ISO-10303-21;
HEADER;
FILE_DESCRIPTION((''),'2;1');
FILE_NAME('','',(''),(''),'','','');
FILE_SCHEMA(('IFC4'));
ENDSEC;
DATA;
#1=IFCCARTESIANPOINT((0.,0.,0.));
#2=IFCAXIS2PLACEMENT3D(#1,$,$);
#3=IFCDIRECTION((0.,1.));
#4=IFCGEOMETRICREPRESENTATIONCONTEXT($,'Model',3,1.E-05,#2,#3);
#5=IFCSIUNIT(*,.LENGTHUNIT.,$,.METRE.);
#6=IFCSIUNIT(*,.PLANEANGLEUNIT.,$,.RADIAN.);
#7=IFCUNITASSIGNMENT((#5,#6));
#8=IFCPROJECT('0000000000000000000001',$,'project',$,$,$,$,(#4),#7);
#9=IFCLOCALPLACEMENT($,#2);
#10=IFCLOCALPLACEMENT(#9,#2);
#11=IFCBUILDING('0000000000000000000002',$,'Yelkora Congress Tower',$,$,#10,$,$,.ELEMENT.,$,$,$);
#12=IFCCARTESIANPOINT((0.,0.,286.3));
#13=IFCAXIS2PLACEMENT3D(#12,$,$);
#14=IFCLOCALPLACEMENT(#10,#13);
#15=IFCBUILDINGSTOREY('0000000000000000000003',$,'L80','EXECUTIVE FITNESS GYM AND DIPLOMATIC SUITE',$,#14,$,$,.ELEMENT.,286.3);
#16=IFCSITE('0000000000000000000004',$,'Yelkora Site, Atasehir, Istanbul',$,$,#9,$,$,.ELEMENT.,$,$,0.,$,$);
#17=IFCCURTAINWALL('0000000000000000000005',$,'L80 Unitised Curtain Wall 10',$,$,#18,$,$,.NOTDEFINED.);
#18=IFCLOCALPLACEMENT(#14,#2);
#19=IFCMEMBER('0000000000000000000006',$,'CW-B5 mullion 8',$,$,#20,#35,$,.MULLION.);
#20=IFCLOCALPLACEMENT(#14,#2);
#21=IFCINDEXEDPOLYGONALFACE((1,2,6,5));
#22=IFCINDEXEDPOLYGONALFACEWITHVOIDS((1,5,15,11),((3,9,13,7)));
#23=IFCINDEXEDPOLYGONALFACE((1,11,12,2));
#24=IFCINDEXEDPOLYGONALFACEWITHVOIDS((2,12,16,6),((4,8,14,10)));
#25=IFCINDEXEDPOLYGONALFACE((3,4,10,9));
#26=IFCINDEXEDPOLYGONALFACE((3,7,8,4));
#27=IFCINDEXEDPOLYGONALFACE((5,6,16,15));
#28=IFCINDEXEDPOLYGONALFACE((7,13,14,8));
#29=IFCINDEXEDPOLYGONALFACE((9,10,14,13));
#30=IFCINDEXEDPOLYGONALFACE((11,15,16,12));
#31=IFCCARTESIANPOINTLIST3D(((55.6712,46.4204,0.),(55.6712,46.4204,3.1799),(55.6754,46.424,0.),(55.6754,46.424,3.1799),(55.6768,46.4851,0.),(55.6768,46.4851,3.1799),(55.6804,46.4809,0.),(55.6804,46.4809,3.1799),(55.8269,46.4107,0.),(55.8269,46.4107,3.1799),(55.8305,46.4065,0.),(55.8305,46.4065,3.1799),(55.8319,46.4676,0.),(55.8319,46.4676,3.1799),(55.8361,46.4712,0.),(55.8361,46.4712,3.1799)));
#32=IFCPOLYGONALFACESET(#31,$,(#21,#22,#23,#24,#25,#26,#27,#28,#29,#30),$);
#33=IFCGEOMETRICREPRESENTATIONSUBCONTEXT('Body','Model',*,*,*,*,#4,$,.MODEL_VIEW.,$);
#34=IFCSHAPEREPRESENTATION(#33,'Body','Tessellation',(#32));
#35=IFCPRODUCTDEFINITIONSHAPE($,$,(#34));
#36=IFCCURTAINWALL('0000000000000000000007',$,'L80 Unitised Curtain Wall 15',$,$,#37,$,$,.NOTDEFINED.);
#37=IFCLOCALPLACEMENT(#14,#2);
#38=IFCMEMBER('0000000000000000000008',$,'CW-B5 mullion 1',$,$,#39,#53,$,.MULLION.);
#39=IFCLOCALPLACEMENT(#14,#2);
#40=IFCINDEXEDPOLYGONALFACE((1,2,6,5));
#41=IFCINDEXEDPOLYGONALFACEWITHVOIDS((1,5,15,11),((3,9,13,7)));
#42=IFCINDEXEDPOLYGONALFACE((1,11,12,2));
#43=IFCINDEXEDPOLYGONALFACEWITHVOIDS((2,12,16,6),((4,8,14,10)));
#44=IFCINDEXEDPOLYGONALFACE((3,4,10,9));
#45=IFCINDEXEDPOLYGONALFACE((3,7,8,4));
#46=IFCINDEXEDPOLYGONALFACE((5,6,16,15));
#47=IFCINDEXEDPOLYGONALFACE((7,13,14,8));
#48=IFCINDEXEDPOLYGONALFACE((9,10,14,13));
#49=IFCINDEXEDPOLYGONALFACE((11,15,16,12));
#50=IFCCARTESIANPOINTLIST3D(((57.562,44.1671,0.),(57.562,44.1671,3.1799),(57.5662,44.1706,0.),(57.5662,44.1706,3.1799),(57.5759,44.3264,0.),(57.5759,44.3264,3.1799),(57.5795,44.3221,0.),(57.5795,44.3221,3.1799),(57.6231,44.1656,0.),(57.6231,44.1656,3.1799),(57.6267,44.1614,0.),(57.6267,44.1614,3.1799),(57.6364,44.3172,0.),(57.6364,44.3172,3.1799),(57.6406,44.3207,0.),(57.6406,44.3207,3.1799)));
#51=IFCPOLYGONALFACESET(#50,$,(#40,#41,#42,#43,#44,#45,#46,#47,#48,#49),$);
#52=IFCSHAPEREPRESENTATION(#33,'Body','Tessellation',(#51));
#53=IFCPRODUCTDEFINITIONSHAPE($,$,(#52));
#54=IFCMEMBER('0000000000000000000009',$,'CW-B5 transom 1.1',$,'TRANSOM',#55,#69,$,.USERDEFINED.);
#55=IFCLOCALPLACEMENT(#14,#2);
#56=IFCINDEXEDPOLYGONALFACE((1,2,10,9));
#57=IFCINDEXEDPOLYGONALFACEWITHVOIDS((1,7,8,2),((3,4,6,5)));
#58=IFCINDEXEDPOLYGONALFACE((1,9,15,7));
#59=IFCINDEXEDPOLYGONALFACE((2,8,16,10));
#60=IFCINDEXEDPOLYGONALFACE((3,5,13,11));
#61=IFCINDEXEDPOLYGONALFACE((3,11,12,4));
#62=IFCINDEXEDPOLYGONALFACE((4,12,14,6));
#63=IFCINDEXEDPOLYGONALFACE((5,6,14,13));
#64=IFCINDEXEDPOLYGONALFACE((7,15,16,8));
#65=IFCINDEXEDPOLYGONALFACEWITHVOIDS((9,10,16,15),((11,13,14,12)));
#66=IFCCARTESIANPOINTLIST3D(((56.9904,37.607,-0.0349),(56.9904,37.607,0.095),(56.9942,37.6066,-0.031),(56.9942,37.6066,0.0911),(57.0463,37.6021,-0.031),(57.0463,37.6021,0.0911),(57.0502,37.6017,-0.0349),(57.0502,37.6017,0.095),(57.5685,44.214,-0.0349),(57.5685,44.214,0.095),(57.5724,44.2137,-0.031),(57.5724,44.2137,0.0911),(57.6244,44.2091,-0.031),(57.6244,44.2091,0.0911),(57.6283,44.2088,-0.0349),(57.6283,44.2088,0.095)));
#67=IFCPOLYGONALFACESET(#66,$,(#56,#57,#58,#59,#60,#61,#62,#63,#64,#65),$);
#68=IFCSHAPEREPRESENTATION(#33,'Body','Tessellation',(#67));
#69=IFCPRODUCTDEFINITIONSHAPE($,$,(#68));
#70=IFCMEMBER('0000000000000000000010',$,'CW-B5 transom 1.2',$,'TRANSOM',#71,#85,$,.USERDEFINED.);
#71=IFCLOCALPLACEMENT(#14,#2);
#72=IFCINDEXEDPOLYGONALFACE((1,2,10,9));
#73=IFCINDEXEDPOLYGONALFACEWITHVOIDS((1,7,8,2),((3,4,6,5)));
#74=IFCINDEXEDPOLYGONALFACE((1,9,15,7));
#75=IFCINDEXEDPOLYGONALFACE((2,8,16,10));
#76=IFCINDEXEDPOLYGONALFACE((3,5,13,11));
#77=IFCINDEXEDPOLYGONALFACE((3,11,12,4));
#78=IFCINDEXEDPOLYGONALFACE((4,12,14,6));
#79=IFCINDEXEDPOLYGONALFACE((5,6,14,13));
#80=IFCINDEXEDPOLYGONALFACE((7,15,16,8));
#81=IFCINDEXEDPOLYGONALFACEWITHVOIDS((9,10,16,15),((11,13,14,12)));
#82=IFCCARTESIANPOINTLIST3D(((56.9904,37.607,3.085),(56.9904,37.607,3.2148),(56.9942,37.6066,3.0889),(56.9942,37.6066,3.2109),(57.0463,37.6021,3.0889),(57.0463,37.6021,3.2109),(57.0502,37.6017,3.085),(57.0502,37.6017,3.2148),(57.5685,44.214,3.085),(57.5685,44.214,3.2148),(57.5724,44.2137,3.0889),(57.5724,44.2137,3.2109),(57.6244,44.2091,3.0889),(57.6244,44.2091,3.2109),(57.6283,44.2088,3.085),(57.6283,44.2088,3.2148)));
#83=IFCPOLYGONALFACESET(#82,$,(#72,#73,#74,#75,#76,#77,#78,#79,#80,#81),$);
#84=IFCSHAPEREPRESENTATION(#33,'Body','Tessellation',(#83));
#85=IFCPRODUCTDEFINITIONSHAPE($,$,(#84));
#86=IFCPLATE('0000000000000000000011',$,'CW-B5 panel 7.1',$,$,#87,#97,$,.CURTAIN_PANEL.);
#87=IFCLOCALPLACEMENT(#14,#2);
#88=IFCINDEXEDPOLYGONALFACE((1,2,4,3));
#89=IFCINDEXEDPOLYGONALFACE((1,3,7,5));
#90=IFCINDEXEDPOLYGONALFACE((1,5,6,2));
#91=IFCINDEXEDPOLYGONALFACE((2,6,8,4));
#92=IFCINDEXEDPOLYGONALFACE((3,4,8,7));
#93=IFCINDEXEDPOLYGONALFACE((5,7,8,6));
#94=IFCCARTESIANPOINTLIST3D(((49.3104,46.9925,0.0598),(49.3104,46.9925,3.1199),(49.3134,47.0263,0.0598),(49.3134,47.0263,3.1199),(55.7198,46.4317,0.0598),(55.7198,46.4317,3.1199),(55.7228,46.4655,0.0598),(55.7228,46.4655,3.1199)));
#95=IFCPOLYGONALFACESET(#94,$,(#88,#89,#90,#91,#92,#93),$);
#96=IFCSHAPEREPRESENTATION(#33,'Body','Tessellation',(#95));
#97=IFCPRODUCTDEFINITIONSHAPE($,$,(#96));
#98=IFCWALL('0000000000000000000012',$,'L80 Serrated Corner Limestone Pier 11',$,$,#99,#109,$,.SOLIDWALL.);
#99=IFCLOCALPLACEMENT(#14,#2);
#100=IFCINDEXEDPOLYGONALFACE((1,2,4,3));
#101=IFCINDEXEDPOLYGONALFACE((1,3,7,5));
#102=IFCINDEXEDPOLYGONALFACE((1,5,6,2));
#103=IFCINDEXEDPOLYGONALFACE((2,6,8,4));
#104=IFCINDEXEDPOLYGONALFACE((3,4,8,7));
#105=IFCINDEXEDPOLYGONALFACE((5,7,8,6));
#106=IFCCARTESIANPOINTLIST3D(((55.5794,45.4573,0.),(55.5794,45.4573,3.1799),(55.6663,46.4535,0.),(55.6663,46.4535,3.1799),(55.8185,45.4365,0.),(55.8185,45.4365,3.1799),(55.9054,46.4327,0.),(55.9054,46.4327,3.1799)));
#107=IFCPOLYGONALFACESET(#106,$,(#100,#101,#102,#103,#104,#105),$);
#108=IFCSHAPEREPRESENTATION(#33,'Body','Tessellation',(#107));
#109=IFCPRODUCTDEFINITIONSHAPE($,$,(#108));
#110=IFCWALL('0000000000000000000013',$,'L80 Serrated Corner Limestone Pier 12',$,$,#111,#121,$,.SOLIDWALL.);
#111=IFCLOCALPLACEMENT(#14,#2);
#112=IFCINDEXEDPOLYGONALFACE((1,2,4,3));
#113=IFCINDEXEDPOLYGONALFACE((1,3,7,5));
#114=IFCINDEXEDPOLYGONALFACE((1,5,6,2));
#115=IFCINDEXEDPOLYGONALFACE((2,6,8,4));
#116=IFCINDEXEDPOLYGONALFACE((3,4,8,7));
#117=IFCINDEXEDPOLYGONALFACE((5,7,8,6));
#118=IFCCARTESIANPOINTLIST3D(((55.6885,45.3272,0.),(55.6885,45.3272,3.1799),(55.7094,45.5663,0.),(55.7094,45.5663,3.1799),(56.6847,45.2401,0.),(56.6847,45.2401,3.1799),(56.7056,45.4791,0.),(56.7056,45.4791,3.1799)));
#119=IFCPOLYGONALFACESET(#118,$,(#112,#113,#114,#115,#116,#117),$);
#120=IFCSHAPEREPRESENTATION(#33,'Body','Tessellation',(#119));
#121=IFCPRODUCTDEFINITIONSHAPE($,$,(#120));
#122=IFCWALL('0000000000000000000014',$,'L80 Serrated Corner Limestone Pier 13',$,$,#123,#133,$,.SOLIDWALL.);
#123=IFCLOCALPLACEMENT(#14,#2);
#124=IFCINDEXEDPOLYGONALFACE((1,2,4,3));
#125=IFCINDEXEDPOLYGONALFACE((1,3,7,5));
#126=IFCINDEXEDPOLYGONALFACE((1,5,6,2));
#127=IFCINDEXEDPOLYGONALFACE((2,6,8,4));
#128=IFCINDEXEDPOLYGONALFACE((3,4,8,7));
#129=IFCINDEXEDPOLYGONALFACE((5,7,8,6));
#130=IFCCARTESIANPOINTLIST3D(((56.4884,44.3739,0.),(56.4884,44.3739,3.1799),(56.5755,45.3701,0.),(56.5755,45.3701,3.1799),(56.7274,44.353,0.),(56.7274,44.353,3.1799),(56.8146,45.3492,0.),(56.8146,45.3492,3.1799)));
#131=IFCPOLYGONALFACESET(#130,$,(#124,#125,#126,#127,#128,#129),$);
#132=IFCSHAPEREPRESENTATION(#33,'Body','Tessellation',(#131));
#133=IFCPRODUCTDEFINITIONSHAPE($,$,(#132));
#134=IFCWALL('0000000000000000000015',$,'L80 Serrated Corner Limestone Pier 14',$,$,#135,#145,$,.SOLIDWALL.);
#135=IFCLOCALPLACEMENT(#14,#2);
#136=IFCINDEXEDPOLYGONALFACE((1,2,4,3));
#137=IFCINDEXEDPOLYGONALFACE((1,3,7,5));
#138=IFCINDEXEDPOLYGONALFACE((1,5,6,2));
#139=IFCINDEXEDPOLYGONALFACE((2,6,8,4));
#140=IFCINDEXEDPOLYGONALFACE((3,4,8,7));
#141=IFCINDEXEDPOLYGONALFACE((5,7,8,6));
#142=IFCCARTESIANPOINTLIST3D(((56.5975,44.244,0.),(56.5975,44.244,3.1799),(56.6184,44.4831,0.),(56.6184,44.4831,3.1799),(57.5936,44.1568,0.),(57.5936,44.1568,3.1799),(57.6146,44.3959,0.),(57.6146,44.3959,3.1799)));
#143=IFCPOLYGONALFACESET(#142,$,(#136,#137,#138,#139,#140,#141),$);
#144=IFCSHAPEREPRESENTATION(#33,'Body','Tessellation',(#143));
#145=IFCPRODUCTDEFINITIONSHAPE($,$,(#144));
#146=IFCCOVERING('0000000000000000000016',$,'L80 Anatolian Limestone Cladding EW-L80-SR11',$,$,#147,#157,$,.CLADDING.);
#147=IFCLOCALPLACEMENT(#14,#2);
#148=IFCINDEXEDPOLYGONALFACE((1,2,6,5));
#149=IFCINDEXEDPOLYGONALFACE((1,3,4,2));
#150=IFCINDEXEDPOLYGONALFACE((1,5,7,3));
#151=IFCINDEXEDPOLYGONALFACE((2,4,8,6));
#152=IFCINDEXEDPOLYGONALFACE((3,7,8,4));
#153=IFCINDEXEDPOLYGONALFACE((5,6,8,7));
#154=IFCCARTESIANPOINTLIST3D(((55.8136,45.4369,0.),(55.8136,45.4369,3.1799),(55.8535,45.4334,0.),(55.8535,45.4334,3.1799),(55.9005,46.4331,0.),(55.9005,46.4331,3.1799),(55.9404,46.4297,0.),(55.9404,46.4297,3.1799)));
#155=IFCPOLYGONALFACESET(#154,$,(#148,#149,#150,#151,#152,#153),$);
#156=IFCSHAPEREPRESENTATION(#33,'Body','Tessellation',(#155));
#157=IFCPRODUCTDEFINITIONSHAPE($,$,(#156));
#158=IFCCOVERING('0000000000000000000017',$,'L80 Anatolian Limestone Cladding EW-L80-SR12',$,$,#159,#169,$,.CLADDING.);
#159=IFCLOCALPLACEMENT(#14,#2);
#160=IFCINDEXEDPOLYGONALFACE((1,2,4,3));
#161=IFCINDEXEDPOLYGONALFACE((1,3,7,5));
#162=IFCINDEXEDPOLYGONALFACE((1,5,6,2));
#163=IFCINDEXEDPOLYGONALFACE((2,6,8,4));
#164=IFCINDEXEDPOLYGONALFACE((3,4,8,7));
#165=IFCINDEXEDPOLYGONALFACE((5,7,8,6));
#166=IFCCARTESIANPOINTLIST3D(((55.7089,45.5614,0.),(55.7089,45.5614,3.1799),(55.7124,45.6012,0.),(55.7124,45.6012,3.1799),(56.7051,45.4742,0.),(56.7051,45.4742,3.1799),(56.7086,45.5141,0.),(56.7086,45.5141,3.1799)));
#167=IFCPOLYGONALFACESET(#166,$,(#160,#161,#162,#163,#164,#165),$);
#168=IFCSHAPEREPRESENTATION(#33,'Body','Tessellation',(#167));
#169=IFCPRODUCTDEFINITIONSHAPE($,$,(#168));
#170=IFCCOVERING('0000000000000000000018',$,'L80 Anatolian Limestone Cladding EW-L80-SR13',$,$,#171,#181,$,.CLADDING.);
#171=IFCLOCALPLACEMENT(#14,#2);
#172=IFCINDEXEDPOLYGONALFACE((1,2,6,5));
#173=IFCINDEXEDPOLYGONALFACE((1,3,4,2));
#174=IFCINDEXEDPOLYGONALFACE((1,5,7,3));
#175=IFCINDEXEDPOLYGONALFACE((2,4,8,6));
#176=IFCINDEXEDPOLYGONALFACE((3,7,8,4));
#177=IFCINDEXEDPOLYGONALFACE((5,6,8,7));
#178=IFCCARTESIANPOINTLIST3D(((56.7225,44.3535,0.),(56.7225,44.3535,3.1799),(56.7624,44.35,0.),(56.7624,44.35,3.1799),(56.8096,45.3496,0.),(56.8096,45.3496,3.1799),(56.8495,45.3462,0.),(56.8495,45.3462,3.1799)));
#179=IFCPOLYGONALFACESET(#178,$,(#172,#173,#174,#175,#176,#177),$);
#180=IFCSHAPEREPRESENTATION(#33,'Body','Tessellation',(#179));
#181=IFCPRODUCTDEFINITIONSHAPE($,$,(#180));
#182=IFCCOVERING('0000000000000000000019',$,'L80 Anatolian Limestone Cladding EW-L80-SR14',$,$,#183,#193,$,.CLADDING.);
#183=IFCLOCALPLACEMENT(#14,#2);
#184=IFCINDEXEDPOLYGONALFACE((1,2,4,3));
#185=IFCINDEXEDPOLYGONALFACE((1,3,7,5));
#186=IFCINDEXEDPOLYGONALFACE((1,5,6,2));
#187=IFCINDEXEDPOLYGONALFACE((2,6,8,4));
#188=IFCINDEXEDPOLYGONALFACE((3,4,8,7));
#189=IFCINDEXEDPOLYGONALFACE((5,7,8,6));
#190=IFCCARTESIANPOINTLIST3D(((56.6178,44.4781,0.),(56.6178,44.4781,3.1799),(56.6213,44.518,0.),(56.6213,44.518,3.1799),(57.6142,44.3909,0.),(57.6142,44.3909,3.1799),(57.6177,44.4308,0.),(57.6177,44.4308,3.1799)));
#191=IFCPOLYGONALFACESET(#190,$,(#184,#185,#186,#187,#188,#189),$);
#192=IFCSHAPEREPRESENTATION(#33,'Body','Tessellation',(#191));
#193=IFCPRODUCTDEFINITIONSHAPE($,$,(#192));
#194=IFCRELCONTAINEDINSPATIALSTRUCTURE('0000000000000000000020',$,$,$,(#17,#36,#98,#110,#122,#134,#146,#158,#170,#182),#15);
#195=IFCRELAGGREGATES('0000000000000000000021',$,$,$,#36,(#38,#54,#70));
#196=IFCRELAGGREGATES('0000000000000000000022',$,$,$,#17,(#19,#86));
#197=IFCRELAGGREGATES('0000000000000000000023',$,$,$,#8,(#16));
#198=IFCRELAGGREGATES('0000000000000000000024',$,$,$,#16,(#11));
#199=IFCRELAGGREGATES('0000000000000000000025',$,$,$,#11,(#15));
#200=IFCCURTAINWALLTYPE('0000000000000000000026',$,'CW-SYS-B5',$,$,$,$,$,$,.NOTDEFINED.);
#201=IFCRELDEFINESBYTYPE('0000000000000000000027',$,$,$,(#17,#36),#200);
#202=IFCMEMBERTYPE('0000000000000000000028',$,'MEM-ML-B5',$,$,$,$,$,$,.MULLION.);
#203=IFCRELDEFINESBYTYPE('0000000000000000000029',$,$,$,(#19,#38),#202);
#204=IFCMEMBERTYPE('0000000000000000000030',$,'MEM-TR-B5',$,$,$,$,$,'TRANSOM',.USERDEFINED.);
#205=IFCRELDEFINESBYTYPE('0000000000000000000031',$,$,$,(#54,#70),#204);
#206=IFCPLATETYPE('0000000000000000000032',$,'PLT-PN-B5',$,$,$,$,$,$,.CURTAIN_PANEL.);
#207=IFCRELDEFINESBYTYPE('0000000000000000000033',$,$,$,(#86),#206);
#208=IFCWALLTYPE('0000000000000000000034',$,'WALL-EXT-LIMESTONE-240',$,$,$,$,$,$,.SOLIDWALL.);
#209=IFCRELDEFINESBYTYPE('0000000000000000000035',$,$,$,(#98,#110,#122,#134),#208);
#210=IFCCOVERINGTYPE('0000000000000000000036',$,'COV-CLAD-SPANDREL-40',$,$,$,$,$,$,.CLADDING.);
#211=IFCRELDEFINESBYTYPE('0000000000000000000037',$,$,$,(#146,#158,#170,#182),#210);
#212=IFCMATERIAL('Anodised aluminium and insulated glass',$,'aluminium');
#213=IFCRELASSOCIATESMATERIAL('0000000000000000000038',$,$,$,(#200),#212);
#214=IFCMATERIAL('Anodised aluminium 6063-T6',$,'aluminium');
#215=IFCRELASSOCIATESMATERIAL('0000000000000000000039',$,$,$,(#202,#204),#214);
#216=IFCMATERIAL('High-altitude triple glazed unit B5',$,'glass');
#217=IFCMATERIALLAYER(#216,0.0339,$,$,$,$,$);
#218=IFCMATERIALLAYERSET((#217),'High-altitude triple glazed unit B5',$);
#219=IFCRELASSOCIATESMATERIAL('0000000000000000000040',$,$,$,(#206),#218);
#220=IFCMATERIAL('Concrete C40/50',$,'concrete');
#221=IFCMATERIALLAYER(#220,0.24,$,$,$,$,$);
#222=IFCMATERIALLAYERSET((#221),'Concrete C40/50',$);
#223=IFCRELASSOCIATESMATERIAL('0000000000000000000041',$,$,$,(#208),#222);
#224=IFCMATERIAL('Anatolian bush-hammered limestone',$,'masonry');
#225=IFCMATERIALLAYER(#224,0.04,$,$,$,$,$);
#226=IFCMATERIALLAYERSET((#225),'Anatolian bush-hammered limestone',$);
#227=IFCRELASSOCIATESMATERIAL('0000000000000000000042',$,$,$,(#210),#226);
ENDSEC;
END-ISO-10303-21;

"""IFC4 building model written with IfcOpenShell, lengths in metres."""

from ifc_helpers import new_model, si_unit, direction, frame, frame_2d, origin, origin_2d, place, context, subcontext, project, spatial, rectangle, hollow_rectangle, extrude, material, layer, layer_set, material_profile, profile_set, type_object, element, aggregate, save


model = new_model("IFC4")

# Units and contexts
model_context = context("Model", 3, precision=1e-05, world=origin(), true_north=direction((0.0, 1.0)))
body_context = subcontext(model_context, "Body", "Model", "MODEL_VIEW")
ifc_project = project(units=[si_unit("LENGTHUNIT", "METRE"), si_unit("PLANEANGLEUNIT", "RADIAN")], contexts=[model_context])

# Site, building, storey
site_placement = place(None, origin())
site = spatial("IfcSite", under=ifc_project, at=site_placement, Name="Yelkora Site, Atasehir, Istanbul", CompositionType="ELEMENT", RefElevation=0.0)
building_placement = place(site_placement, origin())
building = spatial("IfcBuilding", under=site, at=building_placement, Name="Yelkora Congress Tower", CompositionType="ELEMENT")
storey_placement = place(building_placement, frame((0.0, 0.0, 286.3)))
storey = spatial("IfcBuildingStorey", under=building, at=storey_placement, Name="L80", Description="EXECUTIVE FITNESS GYM AND DIPLOMATIC SUITE", CompositionType="ELEMENT", Elevation=286.3)

# Curtain wall, member
ifc_material_1 = material(Name="Anodised aluminium and insulated glass", Category="aluminium")
curtain_wall_type = type_object("IfcCurtainWallType", Name="CW-SYS-B5", PredefinedType="NOTDEFINED", material=ifc_material_1)
curtain_wall_1_placement = place(storey_placement, origin())
curtain_wall_1 = element("IfcCurtainWall", 1, at=curtain_wall_1_placement, inside=storey, type_object=curtain_wall_type, Name="L80 Unitised Curtain Wall 10", PredefinedType="NOTDEFINED")
ifc_material_2 = material(Name="Anodised aluminium 6063-T6", Category="aluminium")
ifc_material_profile_1 = material_profile(ifc_material_2, hollow_rectangle(XDim=0.0649, YDim=0.1599, WallThickness=0.0039, at=origin_2d()), Name="ALU 65x160x4")
ifc_profile_set_1 = profile_set([ifc_material_profile_1], Name="Anodised aluminium 6063-T6")
member_type_1 = type_object("IfcMemberType", Name="MEM-ML-B5", PredefinedType="MULLION", material=ifc_profile_set_1)
member_1_placement = place(storey_placement, frame((55.7537, 46.4458, 0.0), z_axis=(0.0, 0.0, 1.0), x_axis=(0.087157, 0.996195, 0.0)))
member_1 = element("IfcMember", 2, at=member_1_placement, type_object=member_type_1, Name="CW-B5 mullion 8", PredefinedType="MULLION", context=body_context, shape_type="SweptSolid", body=[
    extrude(hollow_rectangle(XDim=0.0649, YDim=0.1599, WallThickness=0.0039, at=origin_2d()), origin(), (0.0, 0.0, 1.0), 3.1799),
])

# Curtain wall, members
curtain_wall_2_placement = place(storey_placement, origin())
curtain_wall_2 = element("IfcCurtainWall", 3, at=curtain_wall_2_placement, inside=storey, type_object=curtain_wall_type, Name="L80 Unitised Curtain Wall 15", PredefinedType="NOTDEFINED")
member_2_placement = place(storey_placement, frame((57.6013, 44.2439, 0.0), z_axis=(0.0, 0.0, 1.0), x_axis=(0.996194, -0.087158, 0.0)))
member_2 = element("IfcMember", 4, at=member_2_placement, type_object=member_type_1, Name="CW-B5 mullion 1", PredefinedType="MULLION", context=body_context, shape_type="SweptSolid", body=[
    extrude(hollow_rectangle(XDim=0.0649, YDim=0.1599, WallThickness=0.0039, at=origin_2d()), origin(), (0.0, 0.0, 1.0), 3.1799),
])
ifc_material_profile_2 = material_profile(ifc_material_2, hollow_rectangle(XDim=0.0601, YDim=0.1299, WallThickness=0.0039, at=origin_2d()), Name="ALU 60x130x4")
ifc_profile_set_2 = profile_set([ifc_material_profile_2], Name="Anodised aluminium 6063-T6")
member_type_2 = type_object("IfcMemberType", Name="MEM-TR-B5", ElementType="TRANSOM", PredefinedType="USERDEFINED", material=ifc_profile_set_2)
member_3_placement = place(storey_placement, frame((57.5984, 44.2114, 0.03), z_axis=(-0.087166, -0.996194, 0.0), x_axis=(0.996194, -0.087166, 0.0)))
member_3 = element("IfcMember", 5, at=member_3_placement, type_object=member_type_2, Name="CW-B5 transom 1.1", ObjectType="TRANSOM", PredefinedType="USERDEFINED", context=body_context, shape_type="SweptSolid", body=[
    extrude(hollow_rectangle(XDim=0.0601, YDim=0.1299, WallThickness=0.0039, at=origin_2d()), origin(), (0.0, 0.0, 1.0), 6.6323),
])
member_4_placement = place(storey_placement, frame((57.5984, 44.2114, 3.1499), z_axis=(-0.087166, -0.996194, 0.0), x_axis=(0.996194, -0.087166, 0.0)))
member_4 = element("IfcMember", 6, at=member_4_placement, type_object=member_type_2, Name="CW-B5 transom 1.2", ObjectType="TRANSOM", PredefinedType="USERDEFINED", context=body_context, shape_type="SweptSolid", body=[
    extrude(hollow_rectangle(XDim=0.0601, YDim=0.1299, WallThickness=0.0039, at=origin_2d()), origin(), (0.0, 0.0, 1.0), 6.6323),
])
aggregate(curtain_wall_2, [member_2, member_3, member_4])

# Plate
ifc_material_3 = material(Name="High-altitude triple glazed unit B5", Category="glass")
ifc_layer_1 = layer(ifc_material_3, 0.0339)
ifc_layer_set_1 = layer_set([ifc_layer_1], Name="High-altitude triple glazed unit B5")
plate_type = type_object("IfcPlateType", Name="PLT-PN-B5", PredefinedType="CURTAIN_PANEL", material=ifc_layer_set_1)
plate_placement = place(storey_placement, frame((52.5166, 46.729, 0.0598), z_axis=(0.0, 0.0, 1.0), x_axis=(0.996195, -0.087157, 0.0)))
plate = element("IfcPlate", 7, at=plate_placement, type_object=plate_type, Name="CW-B5 panel 7.1", PredefinedType="CURTAIN_PANEL", context=body_context, shape_type="SweptSolid", body=[
    extrude(rectangle(XDim=6.4338, YDim=0.0339, at=origin_2d()), origin(), (0.0, 0.0, 1.0), 3.0601),
])
aggregate(curtain_wall_1, [member_1, plate])

# Walls
ifc_material_4 = material(Name="Concrete C40/50", Category="concrete")
ifc_layer_2 = layer(ifc_material_4, 0.24)
ifc_layer_set_2 = layer_set([ifc_layer_2], Name="Concrete C40/50")
wall_type = type_object("IfcWallType", Name="WALL-EXT-LIMESTONE-240", PredefinedType="SOLIDWALL", material=ifc_layer_set_2)
for number, where, z_axis, x_axis, name in (
    (8, (55.7859, 46.4431, 0.0), (0.0, 0.0, 1.0), (-0.086903, -0.996217, 0.0), "L80 Serrated Corner Limestone Pier 11"),
    (9, (55.699, 45.4468, 0.0), (0.0, 0.0, 1.0), (0.996194, -0.087167, 0.0), "L80 Serrated Corner Limestone Pier 12"),
    (10, (56.6951, 45.3596, 0.0), (0.0, 0.0, 1.0), (-0.087167, -0.996194, 0.0), "L80 Serrated Corner Limestone Pier 13"),
    (11, (56.6079, 44.3635, 0.0), (0.0, 0.0, 1.0), (0.996194, -0.087167, 0.0), "L80 Serrated Corner Limestone Pier 14"),
):
    element("IfcWall", number, at=place(storey_placement, frame(where, z_axis=z_axis, x_axis=x_axis)), inside=storey, type_object=wall_type, Name=name, PredefinedType="SOLIDWALL", context=body_context, shape_type="SweptSolid", body=[
        extrude(rectangle(XDim=1.0, YDim=0.24, at=frame_2d((0.5, 0.0))), origin(), (0.0, 0.0, 1.0), 3.1799),
    ])

# Coverings
ifc_material_5 = material(Name="Anatolian bush-hammered limestone", Category="masonry")
ifc_layer_3 = layer(ifc_material_5, 0.04)
ifc_layer_set_3 = layer_set([ifc_layer_3], Name="Anatolian bush-hammered limestone")
covering_type = type_object("IfcCoveringType", Name="COV-CLAD-SPANDREL-40", PredefinedType="CLADDING", material=ifc_layer_set_3)
for number, where, z_axis, x_axis, name in (
    (12, (55.9204, 46.4314, 0.0), (0.0, 0.0, 1.0), (-0.086903, -0.996217, 0.0), "L80 Anatolian Limestone Cladding EW-L80-SR11"),
    (13, (55.7107, 45.5813, 0.0), (0.0, 0.0, 1.0), (0.996194, -0.087167, 0.0), "L80 Anatolian Limestone Cladding EW-L80-SR12"),
    (14, (56.8296, 45.3479, 0.0), (0.0, 0.0, 1.0), (-0.087167, -0.996194, 0.0), "L80 Anatolian Limestone Cladding EW-L80-SR13"),
):
    element("IfcCovering", number, at=place(storey_placement, frame(where, z_axis=z_axis, x_axis=x_axis)), inside=storey, type_object=covering_type, Name=name, PredefinedType="CLADDING", context=body_context, shape_type="SweptSolid", body=[
        extrude(rectangle(XDim=1.0, YDim=0.04, at=frame_2d((0.5, 0.0))), origin(), (0.0, 0.0, 1.0), 3.1799),
    ])
covering_placement = place(storey_placement, frame((56.6196, 44.498, 0.0), z_axis=(0.0, 0.0, 1.0), x_axis=(0.996196, -0.087146, 0.0)))
element("IfcCovering", 15, at=covering_placement, inside=storey, type_object=covering_type, Name="L80 Anatolian Limestone Cladding EW-L80-SR14", PredefinedType="CLADDING", context=body_context, shape_type="SweptSolid", body=[
    extrude(rectangle(XDim=1.0002, YDim=0.04, at=frame_2d((0.5, 0.0))), origin(), (0.0, 0.0, 1.0), 3.1799),
])

save(model, "model.ifc")
